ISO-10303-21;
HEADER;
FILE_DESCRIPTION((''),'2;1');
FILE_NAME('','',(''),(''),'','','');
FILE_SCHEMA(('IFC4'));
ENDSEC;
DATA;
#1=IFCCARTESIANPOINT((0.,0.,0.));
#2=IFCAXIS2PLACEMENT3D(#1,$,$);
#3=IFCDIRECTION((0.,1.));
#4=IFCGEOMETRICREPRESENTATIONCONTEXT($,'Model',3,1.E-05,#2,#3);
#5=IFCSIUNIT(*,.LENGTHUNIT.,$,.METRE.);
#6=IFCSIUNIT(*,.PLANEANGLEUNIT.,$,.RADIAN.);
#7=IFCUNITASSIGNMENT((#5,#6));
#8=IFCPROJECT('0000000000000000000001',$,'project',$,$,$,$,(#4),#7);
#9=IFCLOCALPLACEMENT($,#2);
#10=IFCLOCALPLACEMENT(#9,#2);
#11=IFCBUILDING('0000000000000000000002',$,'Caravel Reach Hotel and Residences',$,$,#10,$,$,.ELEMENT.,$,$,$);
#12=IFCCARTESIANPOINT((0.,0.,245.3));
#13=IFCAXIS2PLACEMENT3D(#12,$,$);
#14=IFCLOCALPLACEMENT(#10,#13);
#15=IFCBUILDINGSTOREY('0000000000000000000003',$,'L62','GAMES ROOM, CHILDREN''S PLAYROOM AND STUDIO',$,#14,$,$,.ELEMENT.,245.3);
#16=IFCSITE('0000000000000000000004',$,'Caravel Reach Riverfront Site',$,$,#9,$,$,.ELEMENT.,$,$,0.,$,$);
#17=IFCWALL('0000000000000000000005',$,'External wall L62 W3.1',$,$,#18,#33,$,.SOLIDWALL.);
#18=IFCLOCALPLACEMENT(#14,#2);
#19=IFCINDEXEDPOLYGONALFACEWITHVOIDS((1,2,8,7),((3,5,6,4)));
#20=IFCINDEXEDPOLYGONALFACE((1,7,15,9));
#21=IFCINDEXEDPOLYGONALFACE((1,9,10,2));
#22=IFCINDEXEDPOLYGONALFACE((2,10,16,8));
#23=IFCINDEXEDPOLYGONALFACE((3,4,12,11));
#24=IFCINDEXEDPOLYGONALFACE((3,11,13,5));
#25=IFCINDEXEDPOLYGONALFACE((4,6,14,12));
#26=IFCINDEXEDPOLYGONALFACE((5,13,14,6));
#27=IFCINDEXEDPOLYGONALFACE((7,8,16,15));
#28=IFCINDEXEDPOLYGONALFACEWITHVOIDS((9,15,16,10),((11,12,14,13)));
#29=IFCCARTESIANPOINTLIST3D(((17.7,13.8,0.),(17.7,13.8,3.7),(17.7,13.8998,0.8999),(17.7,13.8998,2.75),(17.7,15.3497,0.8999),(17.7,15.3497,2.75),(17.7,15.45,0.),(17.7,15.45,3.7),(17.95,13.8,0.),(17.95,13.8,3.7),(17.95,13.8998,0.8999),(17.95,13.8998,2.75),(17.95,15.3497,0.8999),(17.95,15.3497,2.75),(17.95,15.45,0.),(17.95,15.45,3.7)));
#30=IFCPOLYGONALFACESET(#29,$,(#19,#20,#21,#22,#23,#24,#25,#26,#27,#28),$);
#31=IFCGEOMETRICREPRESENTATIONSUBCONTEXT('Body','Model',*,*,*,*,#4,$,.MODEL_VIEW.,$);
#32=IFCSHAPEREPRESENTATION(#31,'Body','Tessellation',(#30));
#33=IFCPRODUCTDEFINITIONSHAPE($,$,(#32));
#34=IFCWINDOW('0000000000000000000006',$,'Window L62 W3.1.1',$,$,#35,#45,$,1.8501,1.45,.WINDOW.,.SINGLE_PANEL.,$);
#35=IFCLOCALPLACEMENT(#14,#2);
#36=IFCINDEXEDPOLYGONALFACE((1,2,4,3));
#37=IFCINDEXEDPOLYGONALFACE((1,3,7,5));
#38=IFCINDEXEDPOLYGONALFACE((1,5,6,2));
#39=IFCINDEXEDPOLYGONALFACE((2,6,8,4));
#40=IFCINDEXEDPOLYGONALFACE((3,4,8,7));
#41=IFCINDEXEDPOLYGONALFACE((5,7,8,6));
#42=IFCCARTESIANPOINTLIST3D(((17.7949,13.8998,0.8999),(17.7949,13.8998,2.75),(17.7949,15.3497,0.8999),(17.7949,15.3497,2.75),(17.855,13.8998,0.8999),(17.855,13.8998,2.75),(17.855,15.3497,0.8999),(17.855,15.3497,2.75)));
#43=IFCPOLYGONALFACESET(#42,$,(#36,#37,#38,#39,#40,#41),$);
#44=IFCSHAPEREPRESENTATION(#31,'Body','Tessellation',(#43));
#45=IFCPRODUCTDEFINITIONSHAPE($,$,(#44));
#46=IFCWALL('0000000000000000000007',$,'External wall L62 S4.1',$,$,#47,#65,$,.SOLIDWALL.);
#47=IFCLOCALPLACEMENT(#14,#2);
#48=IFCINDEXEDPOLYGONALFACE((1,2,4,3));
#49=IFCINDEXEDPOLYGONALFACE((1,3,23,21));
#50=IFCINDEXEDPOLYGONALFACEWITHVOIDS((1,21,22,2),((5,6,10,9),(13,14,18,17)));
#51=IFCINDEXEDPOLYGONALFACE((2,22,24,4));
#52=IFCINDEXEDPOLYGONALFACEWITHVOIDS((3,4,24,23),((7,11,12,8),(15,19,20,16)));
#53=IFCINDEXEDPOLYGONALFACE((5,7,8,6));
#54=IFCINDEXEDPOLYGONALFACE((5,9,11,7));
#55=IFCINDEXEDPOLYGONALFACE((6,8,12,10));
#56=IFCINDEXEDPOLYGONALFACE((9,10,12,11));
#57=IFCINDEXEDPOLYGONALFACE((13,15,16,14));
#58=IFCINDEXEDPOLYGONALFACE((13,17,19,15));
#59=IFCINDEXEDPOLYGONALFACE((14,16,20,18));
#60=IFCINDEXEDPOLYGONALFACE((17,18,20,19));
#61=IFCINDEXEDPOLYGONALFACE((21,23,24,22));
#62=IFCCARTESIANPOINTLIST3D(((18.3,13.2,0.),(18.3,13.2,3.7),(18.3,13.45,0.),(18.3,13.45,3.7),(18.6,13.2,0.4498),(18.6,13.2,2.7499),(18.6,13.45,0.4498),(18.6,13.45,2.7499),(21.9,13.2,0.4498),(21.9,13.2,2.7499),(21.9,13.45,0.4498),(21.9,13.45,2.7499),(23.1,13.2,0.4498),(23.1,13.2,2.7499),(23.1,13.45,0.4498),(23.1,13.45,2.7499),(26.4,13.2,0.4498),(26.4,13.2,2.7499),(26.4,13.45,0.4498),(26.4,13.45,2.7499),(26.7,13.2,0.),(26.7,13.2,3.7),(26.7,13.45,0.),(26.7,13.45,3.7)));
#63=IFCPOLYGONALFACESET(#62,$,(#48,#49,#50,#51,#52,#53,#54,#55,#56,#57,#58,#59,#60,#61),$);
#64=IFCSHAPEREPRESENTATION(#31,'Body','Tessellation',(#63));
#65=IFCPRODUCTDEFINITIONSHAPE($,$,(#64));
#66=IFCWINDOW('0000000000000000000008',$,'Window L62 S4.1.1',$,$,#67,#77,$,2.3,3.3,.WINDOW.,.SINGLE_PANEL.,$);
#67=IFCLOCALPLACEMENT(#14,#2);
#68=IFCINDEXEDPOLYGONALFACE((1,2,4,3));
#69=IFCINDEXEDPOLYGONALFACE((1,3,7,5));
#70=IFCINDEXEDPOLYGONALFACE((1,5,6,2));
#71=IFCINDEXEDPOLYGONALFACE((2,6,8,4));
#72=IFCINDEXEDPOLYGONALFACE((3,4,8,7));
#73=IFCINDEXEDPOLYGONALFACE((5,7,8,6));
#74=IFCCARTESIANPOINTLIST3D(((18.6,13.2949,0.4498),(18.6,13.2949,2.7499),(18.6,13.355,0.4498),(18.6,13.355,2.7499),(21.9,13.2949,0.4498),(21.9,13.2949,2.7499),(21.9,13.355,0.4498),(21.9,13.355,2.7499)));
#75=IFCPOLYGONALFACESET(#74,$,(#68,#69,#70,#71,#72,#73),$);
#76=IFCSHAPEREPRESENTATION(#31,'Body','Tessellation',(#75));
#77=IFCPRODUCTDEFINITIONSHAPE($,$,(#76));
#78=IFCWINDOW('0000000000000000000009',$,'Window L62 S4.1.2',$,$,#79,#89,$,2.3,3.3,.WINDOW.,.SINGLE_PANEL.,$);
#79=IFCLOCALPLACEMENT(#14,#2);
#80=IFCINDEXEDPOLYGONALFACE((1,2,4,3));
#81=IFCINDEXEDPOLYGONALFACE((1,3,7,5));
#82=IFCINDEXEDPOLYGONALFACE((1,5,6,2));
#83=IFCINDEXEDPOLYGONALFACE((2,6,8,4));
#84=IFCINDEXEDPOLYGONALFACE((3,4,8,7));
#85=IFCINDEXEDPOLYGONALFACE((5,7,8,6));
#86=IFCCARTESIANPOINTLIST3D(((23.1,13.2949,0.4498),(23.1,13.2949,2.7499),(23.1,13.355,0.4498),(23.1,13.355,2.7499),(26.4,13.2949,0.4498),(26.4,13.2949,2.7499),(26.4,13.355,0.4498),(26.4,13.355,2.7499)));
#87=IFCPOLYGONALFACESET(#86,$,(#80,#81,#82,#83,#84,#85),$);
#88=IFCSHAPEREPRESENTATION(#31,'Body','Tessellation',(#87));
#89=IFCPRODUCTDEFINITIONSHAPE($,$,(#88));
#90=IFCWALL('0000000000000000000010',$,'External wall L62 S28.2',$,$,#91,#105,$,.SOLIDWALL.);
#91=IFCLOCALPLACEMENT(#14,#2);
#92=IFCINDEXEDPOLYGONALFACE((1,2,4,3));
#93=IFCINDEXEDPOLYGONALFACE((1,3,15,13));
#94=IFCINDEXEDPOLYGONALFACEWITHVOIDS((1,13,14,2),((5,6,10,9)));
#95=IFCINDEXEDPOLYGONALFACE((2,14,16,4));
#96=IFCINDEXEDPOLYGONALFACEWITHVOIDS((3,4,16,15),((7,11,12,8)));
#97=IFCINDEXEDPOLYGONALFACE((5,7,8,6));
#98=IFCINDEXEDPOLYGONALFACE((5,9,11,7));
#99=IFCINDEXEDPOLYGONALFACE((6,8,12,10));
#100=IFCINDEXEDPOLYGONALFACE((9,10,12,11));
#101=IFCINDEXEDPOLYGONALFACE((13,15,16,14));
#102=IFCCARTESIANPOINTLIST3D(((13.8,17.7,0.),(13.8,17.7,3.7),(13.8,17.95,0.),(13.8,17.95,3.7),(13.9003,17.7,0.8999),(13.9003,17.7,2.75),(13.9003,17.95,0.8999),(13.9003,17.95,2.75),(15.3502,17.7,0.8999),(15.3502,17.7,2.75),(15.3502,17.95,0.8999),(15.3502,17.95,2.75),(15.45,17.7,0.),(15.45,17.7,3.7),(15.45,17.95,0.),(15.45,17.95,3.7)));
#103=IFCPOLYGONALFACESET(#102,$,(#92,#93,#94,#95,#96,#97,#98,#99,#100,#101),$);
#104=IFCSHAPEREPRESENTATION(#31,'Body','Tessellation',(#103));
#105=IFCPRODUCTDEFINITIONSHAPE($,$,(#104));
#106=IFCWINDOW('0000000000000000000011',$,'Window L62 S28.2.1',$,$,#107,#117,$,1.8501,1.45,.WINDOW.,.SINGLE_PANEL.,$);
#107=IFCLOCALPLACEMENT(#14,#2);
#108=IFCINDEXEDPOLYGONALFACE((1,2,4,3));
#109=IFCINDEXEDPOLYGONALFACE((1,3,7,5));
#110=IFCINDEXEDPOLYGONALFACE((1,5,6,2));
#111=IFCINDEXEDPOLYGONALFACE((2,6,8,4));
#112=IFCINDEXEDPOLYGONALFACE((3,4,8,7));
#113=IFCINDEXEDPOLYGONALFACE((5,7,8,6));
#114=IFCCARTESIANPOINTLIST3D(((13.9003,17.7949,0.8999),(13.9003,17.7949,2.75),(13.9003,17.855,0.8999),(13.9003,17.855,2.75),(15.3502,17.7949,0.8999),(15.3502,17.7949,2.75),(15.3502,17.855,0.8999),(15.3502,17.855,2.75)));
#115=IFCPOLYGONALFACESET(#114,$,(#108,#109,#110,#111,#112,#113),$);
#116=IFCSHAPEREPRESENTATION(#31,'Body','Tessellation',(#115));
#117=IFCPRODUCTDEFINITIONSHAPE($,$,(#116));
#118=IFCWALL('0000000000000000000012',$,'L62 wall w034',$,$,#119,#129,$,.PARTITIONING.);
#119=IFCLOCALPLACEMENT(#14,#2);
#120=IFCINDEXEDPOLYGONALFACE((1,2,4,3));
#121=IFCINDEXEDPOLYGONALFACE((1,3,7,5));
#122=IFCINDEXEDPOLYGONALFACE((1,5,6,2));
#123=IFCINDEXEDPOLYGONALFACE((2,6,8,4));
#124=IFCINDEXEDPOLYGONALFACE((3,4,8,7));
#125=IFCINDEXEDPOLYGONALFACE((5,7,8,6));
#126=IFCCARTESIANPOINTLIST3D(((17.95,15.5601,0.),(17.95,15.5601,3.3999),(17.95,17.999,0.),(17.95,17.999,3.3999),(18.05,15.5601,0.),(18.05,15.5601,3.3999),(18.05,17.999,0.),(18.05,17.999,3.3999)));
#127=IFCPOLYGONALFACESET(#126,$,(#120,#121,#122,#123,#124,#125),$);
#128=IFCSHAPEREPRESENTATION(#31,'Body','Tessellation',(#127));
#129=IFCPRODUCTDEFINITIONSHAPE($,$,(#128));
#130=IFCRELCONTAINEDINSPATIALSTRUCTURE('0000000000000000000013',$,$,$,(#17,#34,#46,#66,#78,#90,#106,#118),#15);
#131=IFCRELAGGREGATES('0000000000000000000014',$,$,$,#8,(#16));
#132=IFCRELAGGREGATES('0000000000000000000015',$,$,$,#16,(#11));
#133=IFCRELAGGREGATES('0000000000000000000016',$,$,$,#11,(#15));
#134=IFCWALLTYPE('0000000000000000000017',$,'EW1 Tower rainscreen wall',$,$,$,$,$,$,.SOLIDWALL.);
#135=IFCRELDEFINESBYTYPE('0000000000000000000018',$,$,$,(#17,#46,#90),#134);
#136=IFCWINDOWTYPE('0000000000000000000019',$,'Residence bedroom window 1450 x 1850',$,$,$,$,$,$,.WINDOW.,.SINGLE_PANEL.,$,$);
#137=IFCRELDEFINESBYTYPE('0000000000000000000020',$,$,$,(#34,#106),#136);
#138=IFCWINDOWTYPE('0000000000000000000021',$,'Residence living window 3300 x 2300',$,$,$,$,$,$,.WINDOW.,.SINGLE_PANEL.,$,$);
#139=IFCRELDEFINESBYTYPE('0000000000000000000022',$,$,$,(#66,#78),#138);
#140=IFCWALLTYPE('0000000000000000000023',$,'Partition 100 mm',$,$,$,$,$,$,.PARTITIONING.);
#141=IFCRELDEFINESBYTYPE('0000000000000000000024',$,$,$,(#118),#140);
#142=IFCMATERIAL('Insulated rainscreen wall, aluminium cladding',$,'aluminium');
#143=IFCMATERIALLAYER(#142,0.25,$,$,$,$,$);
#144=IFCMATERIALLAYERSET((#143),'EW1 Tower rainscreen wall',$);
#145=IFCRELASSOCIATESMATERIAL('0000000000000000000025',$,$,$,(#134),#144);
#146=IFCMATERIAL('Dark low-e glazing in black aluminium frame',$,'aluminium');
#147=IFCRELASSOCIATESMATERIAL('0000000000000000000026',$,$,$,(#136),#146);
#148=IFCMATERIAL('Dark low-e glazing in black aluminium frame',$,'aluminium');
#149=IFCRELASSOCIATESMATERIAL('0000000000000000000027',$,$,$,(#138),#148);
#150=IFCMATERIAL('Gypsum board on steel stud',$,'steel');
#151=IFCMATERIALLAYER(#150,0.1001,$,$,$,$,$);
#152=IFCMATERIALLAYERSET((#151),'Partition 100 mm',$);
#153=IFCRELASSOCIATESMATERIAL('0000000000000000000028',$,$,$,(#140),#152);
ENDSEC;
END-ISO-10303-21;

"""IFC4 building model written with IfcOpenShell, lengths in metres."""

from ifc_helpers import new_model, si_unit, direction, frame, frame_2d, origin, place, context, subcontext, project, spatial, rectangle, extrude, material, layer, layer_set, type_object, element, fill, save


model = new_model("IFC4")

# Units and contexts
model_context = context("Model", 3, precision=1e-05, world=origin(), true_north=direction((0.0, 1.0)))
body_context = subcontext(model_context, "Body", "Model", "MODEL_VIEW")
ifc_project = project(units=[si_unit("LENGTHUNIT", "METRE"), si_unit("PLANEANGLEUNIT", "RADIAN")], contexts=[model_context])

# Site, building, storey
site_placement = place(None, origin())
site = spatial("IfcSite", under=ifc_project, at=site_placement, Name="Caravel Reach Riverfront Site", CompositionType="ELEMENT", RefElevation=0.0)
building_placement = place(site_placement, origin())
building = spatial("IfcBuilding", under=site, at=building_placement, Name="Caravel Reach Hotel and Residences", CompositionType="ELEMENT")
storey_placement = place(building_placement, frame((0.0, 0.0, 245.3)))
storey = spatial("IfcBuildingStorey", under=building, at=storey_placement, Name="L62", Description="GAMES ROOM, CHILDREN'S PLAYROOM AND STUDIO", CompositionType="ELEMENT", Elevation=245.3)

# Wall, opening, window
ifc_material_1 = material(Name="Insulated rainscreen wall, aluminium cladding", Category="aluminium")
ifc_layer_1 = layer(ifc_material_1, 0.25)
ifc_layer_set_1 = layer_set([ifc_layer_1], Name="EW1 Tower rainscreen wall")
wall_type_1 = type_object("IfcWallType", Name="EW1 Tower rainscreen wall", PredefinedType="SOLIDWALL", material=ifc_layer_set_1)
ifc_material_2 = material(Name="Dark low-e glazing in black aluminium frame", Category="aluminium")
window_type_1 = type_object("IfcWindowType", Name="Residence bedroom window 1450 x 1850", PartitioningType="SINGLE_PANEL", PredefinedType="WINDOW", material=ifc_material_2)
wall_1_placement = place(storey_placement, frame((17.825, 15.45, 0.0), z_axis=(0.0, 0.0, 1.0), x_axis=(0.0, -1.0, 0.0)))
wall_1 = element("IfcWall", 1, at=wall_1_placement, inside=storey, type_object=wall_type_1, Name="External wall L62 W3.1", PredefinedType="SOLIDWALL", context=body_context, shape_type="SweptSolid", body=[
    extrude(rectangle(XDim=1.6499, YDim=0.25, at=frame_2d((0.825, 0.0))), origin(), (0.0, 0.0, 1.0), 3.7),
])
opening_1_placement = place(wall_1_placement, frame((0.1001, 0.0, 0.8999)))
opening_1 = element("IfcOpeningElement", 2, at=opening_1_placement, cuts=wall_1, PredefinedType="OPENING", context=body_context, shape_type="SweptSolid", body=[
    extrude(rectangle(XDim=1.45, YDim=1.8501, at=frame_2d((0.7251, 0.925))), frame((0.0, 0.135, 0.0), z_axis=(0.0, -1.0, 0.0), x_axis=(1.0, 0.0, 0.0)), (0.0, 0.0, 1.0), 0.27),
])
window_1_placement = place(opening_1_placement, origin())
window_1 = element("IfcWindow", 3, at=window_1_placement, inside=storey, type_object=window_type_1, Name="Window L62 W3.1.1", OverallHeight=1.8501, OverallWidth=1.45, PartitioningType="SINGLE_PANEL", PredefinedType="WINDOW", context=body_context, shape_type="SweptSolid", body=[
    extrude(rectangle(XDim=1.45, YDim=1.8501, at=frame_2d((0.7251, 0.925))), frame((0.0, 0.03, 0.0), z_axis=(0.0, -1.0, 0.0), x_axis=(1.0, 0.0, 0.0)), (0.0, 0.0, 1.0), 0.0601),
])
fill(opening_1, window_1)

# Wall, openings, windows
wall_2_placement = place(storey_placement, frame((18.3, 13.325, 0.0), z_axis=(0.0, 0.0, 1.0), x_axis=(1.0, 0.0, 0.0)))
wall_2 = element("IfcWall", 4, at=wall_2_placement, inside=storey, type_object=wall_type_1, Name="External wall L62 S4.1", PredefinedType="SOLIDWALL", context=body_context, shape_type="SweptSolid", body=[
    extrude(rectangle(XDim=8.3999, YDim=0.25, at=frame_2d((4.2, 0.0))), origin(), (0.0, 0.0, 1.0), 3.7),
])
opening_2_placement = place(wall_2_placement, frame((0.3, 0.0, 0.45)))
opening_2 = element("IfcOpeningElement", 5, at=opening_2_placement, cuts=wall_2, PredefinedType="OPENING", context=body_context, shape_type="SweptSolid", body=[
    extrude(rectangle(XDim=3.3, YDim=2.3, at=frame_2d((1.6499, 1.1499))), frame((0.0, 0.135, 0.0), z_axis=(0.0, -1.0, 0.0), x_axis=(1.0, 0.0, 0.0)), (0.0, 0.0, 1.0), 0.27),
])
opening_3_placement = place(wall_2_placement, frame((4.8, 0.0, 0.45)))
opening_3 = element("IfcOpeningElement", 6, at=opening_3_placement, cuts=wall_2, PredefinedType="OPENING", context=body_context, shape_type="SweptSolid", body=[
    extrude(rectangle(XDim=3.3, YDim=2.3, at=frame_2d((1.6499, 1.1499))), frame((0.0, 0.135, 0.0), z_axis=(0.0, -1.0, 0.0), x_axis=(1.0, 0.0, 0.0)), (0.0, 0.0, 1.0), 0.27),
])
ifc_material_3 = material(Name="Dark low-e glazing in black aluminium frame", Category="aluminium")
window_type_2 = type_object("IfcWindowType", Name="Residence living window 3300 x 2300", PartitioningType="SINGLE_PANEL", PredefinedType="WINDOW", material=ifc_material_3)
window_2_placement = place(opening_2_placement, origin())
window_2 = element("IfcWindow", 7, at=window_2_placement, inside=storey, type_object=window_type_2, Name="Window L62 S4.1.1", OverallHeight=2.3, OverallWidth=3.3, PartitioningType="SINGLE_PANEL", PredefinedType="WINDOW", context=body_context, shape_type="SweptSolid", body=[
    extrude(rectangle(XDim=3.3, YDim=2.3, at=frame_2d((1.6499, 1.1499))), frame((0.0, 0.03, 0.0), z_axis=(0.0, -1.0, 0.0), x_axis=(1.0, 0.0, 0.0)), (0.0, 0.0, 1.0), 0.0601),
])
fill(opening_2, window_2)
window_3_placement = place(opening_3_placement, origin())
window_3 = element("IfcWindow", 8, at=window_3_placement, inside=storey, type_object=window_type_2, Name="Window L62 S4.1.2", OverallHeight=2.3, OverallWidth=3.3, PartitioningType="SINGLE_PANEL", PredefinedType="WINDOW", context=body_context, shape_type="SweptSolid", body=[
    extrude(rectangle(XDim=3.3, YDim=2.3, at=frame_2d((1.6499, 1.1499))), frame((0.0, 0.03, 0.0), z_axis=(0.0, -1.0, 0.0), x_axis=(1.0, 0.0, 0.0)), (0.0, 0.0, 1.0), 0.0601),
])
fill(opening_3, window_3)

# Wall, opening, window
wall_3_placement = place(storey_placement, frame((13.8, 17.825, 0.0), z_axis=(0.0, 0.0, 1.0), x_axis=(1.0, 0.0, 0.0)))
wall_3 = element("IfcWall", 9, at=wall_3_placement, inside=storey, type_object=wall_type_1, Name="External wall L62 S28.2", PredefinedType="SOLIDWALL", context=body_context, shape_type="SweptSolid", body=[
    extrude(rectangle(XDim=1.6499, YDim=0.25, at=frame_2d((0.825, 0.0))), origin(), (0.0, 0.0, 1.0), 3.7),
])
opening_4_placement = place(wall_3_placement, frame((0.1001, 0.0, 0.8999)))
opening_4 = element("IfcOpeningElement", 10, at=opening_4_placement, cuts=wall_3, PredefinedType="OPENING", context=body_context, shape_type="SweptSolid", body=[
    extrude(rectangle(XDim=1.45, YDim=1.8501, at=frame_2d((0.7251, 0.925))), frame((0.0, 0.135, 0.0), z_axis=(0.0, -1.0, 0.0), x_axis=(1.0, 0.0, 0.0)), (0.0, 0.0, 1.0), 0.27),
])
window_4_placement = place(opening_4_placement, origin())
window_4 = element("IfcWindow", 11, at=window_4_placement, inside=storey, type_object=window_type_1, Name="Window L62 S28.2.1", OverallHeight=1.8501, OverallWidth=1.45, PartitioningType="SINGLE_PANEL", PredefinedType="WINDOW", context=body_context, shape_type="SweptSolid", body=[
    extrude(rectangle(XDim=1.45, YDim=1.8501, at=frame_2d((0.7251, 0.925))), frame((0.0, 0.03, 0.0), z_axis=(0.0, -1.0, 0.0), x_axis=(1.0, 0.0, 0.0)), (0.0, 0.0, 1.0), 0.0601),
])
fill(opening_4, window_4)

# Wall
ifc_material_4 = material(Name="Gypsum board on steel stud", Category="steel")
ifc_layer_2 = layer(ifc_material_4, 0.1001)
ifc_layer_set_2 = layer_set([ifc_layer_2], Name="Partition 100 mm")
wall_type_2 = type_object("IfcWallType", Name="Partition 100 mm", PredefinedType="PARTITIONING", material=ifc_layer_set_2)
wall_4_placement = place(storey_placement, frame((18.0, 15.5601, 0.0), z_axis=(0.0, 0.0, 1.0), x_axis=(0.0, 1.0, 0.0)))
element("IfcWall", 12, at=wall_4_placement, inside=storey, type_object=wall_type_2, Name="L62 wall w034", PredefinedType="PARTITIONING", context=body_context, shape_type="SweptSolid", body=[
    extrude(rectangle(XDim=2.439, YDim=0.1001, at=frame_2d((1.2195, 0.0))), origin(), (0.0, 0.0, 1.0), 3.3999),
])

save(model, "model.ifc")
